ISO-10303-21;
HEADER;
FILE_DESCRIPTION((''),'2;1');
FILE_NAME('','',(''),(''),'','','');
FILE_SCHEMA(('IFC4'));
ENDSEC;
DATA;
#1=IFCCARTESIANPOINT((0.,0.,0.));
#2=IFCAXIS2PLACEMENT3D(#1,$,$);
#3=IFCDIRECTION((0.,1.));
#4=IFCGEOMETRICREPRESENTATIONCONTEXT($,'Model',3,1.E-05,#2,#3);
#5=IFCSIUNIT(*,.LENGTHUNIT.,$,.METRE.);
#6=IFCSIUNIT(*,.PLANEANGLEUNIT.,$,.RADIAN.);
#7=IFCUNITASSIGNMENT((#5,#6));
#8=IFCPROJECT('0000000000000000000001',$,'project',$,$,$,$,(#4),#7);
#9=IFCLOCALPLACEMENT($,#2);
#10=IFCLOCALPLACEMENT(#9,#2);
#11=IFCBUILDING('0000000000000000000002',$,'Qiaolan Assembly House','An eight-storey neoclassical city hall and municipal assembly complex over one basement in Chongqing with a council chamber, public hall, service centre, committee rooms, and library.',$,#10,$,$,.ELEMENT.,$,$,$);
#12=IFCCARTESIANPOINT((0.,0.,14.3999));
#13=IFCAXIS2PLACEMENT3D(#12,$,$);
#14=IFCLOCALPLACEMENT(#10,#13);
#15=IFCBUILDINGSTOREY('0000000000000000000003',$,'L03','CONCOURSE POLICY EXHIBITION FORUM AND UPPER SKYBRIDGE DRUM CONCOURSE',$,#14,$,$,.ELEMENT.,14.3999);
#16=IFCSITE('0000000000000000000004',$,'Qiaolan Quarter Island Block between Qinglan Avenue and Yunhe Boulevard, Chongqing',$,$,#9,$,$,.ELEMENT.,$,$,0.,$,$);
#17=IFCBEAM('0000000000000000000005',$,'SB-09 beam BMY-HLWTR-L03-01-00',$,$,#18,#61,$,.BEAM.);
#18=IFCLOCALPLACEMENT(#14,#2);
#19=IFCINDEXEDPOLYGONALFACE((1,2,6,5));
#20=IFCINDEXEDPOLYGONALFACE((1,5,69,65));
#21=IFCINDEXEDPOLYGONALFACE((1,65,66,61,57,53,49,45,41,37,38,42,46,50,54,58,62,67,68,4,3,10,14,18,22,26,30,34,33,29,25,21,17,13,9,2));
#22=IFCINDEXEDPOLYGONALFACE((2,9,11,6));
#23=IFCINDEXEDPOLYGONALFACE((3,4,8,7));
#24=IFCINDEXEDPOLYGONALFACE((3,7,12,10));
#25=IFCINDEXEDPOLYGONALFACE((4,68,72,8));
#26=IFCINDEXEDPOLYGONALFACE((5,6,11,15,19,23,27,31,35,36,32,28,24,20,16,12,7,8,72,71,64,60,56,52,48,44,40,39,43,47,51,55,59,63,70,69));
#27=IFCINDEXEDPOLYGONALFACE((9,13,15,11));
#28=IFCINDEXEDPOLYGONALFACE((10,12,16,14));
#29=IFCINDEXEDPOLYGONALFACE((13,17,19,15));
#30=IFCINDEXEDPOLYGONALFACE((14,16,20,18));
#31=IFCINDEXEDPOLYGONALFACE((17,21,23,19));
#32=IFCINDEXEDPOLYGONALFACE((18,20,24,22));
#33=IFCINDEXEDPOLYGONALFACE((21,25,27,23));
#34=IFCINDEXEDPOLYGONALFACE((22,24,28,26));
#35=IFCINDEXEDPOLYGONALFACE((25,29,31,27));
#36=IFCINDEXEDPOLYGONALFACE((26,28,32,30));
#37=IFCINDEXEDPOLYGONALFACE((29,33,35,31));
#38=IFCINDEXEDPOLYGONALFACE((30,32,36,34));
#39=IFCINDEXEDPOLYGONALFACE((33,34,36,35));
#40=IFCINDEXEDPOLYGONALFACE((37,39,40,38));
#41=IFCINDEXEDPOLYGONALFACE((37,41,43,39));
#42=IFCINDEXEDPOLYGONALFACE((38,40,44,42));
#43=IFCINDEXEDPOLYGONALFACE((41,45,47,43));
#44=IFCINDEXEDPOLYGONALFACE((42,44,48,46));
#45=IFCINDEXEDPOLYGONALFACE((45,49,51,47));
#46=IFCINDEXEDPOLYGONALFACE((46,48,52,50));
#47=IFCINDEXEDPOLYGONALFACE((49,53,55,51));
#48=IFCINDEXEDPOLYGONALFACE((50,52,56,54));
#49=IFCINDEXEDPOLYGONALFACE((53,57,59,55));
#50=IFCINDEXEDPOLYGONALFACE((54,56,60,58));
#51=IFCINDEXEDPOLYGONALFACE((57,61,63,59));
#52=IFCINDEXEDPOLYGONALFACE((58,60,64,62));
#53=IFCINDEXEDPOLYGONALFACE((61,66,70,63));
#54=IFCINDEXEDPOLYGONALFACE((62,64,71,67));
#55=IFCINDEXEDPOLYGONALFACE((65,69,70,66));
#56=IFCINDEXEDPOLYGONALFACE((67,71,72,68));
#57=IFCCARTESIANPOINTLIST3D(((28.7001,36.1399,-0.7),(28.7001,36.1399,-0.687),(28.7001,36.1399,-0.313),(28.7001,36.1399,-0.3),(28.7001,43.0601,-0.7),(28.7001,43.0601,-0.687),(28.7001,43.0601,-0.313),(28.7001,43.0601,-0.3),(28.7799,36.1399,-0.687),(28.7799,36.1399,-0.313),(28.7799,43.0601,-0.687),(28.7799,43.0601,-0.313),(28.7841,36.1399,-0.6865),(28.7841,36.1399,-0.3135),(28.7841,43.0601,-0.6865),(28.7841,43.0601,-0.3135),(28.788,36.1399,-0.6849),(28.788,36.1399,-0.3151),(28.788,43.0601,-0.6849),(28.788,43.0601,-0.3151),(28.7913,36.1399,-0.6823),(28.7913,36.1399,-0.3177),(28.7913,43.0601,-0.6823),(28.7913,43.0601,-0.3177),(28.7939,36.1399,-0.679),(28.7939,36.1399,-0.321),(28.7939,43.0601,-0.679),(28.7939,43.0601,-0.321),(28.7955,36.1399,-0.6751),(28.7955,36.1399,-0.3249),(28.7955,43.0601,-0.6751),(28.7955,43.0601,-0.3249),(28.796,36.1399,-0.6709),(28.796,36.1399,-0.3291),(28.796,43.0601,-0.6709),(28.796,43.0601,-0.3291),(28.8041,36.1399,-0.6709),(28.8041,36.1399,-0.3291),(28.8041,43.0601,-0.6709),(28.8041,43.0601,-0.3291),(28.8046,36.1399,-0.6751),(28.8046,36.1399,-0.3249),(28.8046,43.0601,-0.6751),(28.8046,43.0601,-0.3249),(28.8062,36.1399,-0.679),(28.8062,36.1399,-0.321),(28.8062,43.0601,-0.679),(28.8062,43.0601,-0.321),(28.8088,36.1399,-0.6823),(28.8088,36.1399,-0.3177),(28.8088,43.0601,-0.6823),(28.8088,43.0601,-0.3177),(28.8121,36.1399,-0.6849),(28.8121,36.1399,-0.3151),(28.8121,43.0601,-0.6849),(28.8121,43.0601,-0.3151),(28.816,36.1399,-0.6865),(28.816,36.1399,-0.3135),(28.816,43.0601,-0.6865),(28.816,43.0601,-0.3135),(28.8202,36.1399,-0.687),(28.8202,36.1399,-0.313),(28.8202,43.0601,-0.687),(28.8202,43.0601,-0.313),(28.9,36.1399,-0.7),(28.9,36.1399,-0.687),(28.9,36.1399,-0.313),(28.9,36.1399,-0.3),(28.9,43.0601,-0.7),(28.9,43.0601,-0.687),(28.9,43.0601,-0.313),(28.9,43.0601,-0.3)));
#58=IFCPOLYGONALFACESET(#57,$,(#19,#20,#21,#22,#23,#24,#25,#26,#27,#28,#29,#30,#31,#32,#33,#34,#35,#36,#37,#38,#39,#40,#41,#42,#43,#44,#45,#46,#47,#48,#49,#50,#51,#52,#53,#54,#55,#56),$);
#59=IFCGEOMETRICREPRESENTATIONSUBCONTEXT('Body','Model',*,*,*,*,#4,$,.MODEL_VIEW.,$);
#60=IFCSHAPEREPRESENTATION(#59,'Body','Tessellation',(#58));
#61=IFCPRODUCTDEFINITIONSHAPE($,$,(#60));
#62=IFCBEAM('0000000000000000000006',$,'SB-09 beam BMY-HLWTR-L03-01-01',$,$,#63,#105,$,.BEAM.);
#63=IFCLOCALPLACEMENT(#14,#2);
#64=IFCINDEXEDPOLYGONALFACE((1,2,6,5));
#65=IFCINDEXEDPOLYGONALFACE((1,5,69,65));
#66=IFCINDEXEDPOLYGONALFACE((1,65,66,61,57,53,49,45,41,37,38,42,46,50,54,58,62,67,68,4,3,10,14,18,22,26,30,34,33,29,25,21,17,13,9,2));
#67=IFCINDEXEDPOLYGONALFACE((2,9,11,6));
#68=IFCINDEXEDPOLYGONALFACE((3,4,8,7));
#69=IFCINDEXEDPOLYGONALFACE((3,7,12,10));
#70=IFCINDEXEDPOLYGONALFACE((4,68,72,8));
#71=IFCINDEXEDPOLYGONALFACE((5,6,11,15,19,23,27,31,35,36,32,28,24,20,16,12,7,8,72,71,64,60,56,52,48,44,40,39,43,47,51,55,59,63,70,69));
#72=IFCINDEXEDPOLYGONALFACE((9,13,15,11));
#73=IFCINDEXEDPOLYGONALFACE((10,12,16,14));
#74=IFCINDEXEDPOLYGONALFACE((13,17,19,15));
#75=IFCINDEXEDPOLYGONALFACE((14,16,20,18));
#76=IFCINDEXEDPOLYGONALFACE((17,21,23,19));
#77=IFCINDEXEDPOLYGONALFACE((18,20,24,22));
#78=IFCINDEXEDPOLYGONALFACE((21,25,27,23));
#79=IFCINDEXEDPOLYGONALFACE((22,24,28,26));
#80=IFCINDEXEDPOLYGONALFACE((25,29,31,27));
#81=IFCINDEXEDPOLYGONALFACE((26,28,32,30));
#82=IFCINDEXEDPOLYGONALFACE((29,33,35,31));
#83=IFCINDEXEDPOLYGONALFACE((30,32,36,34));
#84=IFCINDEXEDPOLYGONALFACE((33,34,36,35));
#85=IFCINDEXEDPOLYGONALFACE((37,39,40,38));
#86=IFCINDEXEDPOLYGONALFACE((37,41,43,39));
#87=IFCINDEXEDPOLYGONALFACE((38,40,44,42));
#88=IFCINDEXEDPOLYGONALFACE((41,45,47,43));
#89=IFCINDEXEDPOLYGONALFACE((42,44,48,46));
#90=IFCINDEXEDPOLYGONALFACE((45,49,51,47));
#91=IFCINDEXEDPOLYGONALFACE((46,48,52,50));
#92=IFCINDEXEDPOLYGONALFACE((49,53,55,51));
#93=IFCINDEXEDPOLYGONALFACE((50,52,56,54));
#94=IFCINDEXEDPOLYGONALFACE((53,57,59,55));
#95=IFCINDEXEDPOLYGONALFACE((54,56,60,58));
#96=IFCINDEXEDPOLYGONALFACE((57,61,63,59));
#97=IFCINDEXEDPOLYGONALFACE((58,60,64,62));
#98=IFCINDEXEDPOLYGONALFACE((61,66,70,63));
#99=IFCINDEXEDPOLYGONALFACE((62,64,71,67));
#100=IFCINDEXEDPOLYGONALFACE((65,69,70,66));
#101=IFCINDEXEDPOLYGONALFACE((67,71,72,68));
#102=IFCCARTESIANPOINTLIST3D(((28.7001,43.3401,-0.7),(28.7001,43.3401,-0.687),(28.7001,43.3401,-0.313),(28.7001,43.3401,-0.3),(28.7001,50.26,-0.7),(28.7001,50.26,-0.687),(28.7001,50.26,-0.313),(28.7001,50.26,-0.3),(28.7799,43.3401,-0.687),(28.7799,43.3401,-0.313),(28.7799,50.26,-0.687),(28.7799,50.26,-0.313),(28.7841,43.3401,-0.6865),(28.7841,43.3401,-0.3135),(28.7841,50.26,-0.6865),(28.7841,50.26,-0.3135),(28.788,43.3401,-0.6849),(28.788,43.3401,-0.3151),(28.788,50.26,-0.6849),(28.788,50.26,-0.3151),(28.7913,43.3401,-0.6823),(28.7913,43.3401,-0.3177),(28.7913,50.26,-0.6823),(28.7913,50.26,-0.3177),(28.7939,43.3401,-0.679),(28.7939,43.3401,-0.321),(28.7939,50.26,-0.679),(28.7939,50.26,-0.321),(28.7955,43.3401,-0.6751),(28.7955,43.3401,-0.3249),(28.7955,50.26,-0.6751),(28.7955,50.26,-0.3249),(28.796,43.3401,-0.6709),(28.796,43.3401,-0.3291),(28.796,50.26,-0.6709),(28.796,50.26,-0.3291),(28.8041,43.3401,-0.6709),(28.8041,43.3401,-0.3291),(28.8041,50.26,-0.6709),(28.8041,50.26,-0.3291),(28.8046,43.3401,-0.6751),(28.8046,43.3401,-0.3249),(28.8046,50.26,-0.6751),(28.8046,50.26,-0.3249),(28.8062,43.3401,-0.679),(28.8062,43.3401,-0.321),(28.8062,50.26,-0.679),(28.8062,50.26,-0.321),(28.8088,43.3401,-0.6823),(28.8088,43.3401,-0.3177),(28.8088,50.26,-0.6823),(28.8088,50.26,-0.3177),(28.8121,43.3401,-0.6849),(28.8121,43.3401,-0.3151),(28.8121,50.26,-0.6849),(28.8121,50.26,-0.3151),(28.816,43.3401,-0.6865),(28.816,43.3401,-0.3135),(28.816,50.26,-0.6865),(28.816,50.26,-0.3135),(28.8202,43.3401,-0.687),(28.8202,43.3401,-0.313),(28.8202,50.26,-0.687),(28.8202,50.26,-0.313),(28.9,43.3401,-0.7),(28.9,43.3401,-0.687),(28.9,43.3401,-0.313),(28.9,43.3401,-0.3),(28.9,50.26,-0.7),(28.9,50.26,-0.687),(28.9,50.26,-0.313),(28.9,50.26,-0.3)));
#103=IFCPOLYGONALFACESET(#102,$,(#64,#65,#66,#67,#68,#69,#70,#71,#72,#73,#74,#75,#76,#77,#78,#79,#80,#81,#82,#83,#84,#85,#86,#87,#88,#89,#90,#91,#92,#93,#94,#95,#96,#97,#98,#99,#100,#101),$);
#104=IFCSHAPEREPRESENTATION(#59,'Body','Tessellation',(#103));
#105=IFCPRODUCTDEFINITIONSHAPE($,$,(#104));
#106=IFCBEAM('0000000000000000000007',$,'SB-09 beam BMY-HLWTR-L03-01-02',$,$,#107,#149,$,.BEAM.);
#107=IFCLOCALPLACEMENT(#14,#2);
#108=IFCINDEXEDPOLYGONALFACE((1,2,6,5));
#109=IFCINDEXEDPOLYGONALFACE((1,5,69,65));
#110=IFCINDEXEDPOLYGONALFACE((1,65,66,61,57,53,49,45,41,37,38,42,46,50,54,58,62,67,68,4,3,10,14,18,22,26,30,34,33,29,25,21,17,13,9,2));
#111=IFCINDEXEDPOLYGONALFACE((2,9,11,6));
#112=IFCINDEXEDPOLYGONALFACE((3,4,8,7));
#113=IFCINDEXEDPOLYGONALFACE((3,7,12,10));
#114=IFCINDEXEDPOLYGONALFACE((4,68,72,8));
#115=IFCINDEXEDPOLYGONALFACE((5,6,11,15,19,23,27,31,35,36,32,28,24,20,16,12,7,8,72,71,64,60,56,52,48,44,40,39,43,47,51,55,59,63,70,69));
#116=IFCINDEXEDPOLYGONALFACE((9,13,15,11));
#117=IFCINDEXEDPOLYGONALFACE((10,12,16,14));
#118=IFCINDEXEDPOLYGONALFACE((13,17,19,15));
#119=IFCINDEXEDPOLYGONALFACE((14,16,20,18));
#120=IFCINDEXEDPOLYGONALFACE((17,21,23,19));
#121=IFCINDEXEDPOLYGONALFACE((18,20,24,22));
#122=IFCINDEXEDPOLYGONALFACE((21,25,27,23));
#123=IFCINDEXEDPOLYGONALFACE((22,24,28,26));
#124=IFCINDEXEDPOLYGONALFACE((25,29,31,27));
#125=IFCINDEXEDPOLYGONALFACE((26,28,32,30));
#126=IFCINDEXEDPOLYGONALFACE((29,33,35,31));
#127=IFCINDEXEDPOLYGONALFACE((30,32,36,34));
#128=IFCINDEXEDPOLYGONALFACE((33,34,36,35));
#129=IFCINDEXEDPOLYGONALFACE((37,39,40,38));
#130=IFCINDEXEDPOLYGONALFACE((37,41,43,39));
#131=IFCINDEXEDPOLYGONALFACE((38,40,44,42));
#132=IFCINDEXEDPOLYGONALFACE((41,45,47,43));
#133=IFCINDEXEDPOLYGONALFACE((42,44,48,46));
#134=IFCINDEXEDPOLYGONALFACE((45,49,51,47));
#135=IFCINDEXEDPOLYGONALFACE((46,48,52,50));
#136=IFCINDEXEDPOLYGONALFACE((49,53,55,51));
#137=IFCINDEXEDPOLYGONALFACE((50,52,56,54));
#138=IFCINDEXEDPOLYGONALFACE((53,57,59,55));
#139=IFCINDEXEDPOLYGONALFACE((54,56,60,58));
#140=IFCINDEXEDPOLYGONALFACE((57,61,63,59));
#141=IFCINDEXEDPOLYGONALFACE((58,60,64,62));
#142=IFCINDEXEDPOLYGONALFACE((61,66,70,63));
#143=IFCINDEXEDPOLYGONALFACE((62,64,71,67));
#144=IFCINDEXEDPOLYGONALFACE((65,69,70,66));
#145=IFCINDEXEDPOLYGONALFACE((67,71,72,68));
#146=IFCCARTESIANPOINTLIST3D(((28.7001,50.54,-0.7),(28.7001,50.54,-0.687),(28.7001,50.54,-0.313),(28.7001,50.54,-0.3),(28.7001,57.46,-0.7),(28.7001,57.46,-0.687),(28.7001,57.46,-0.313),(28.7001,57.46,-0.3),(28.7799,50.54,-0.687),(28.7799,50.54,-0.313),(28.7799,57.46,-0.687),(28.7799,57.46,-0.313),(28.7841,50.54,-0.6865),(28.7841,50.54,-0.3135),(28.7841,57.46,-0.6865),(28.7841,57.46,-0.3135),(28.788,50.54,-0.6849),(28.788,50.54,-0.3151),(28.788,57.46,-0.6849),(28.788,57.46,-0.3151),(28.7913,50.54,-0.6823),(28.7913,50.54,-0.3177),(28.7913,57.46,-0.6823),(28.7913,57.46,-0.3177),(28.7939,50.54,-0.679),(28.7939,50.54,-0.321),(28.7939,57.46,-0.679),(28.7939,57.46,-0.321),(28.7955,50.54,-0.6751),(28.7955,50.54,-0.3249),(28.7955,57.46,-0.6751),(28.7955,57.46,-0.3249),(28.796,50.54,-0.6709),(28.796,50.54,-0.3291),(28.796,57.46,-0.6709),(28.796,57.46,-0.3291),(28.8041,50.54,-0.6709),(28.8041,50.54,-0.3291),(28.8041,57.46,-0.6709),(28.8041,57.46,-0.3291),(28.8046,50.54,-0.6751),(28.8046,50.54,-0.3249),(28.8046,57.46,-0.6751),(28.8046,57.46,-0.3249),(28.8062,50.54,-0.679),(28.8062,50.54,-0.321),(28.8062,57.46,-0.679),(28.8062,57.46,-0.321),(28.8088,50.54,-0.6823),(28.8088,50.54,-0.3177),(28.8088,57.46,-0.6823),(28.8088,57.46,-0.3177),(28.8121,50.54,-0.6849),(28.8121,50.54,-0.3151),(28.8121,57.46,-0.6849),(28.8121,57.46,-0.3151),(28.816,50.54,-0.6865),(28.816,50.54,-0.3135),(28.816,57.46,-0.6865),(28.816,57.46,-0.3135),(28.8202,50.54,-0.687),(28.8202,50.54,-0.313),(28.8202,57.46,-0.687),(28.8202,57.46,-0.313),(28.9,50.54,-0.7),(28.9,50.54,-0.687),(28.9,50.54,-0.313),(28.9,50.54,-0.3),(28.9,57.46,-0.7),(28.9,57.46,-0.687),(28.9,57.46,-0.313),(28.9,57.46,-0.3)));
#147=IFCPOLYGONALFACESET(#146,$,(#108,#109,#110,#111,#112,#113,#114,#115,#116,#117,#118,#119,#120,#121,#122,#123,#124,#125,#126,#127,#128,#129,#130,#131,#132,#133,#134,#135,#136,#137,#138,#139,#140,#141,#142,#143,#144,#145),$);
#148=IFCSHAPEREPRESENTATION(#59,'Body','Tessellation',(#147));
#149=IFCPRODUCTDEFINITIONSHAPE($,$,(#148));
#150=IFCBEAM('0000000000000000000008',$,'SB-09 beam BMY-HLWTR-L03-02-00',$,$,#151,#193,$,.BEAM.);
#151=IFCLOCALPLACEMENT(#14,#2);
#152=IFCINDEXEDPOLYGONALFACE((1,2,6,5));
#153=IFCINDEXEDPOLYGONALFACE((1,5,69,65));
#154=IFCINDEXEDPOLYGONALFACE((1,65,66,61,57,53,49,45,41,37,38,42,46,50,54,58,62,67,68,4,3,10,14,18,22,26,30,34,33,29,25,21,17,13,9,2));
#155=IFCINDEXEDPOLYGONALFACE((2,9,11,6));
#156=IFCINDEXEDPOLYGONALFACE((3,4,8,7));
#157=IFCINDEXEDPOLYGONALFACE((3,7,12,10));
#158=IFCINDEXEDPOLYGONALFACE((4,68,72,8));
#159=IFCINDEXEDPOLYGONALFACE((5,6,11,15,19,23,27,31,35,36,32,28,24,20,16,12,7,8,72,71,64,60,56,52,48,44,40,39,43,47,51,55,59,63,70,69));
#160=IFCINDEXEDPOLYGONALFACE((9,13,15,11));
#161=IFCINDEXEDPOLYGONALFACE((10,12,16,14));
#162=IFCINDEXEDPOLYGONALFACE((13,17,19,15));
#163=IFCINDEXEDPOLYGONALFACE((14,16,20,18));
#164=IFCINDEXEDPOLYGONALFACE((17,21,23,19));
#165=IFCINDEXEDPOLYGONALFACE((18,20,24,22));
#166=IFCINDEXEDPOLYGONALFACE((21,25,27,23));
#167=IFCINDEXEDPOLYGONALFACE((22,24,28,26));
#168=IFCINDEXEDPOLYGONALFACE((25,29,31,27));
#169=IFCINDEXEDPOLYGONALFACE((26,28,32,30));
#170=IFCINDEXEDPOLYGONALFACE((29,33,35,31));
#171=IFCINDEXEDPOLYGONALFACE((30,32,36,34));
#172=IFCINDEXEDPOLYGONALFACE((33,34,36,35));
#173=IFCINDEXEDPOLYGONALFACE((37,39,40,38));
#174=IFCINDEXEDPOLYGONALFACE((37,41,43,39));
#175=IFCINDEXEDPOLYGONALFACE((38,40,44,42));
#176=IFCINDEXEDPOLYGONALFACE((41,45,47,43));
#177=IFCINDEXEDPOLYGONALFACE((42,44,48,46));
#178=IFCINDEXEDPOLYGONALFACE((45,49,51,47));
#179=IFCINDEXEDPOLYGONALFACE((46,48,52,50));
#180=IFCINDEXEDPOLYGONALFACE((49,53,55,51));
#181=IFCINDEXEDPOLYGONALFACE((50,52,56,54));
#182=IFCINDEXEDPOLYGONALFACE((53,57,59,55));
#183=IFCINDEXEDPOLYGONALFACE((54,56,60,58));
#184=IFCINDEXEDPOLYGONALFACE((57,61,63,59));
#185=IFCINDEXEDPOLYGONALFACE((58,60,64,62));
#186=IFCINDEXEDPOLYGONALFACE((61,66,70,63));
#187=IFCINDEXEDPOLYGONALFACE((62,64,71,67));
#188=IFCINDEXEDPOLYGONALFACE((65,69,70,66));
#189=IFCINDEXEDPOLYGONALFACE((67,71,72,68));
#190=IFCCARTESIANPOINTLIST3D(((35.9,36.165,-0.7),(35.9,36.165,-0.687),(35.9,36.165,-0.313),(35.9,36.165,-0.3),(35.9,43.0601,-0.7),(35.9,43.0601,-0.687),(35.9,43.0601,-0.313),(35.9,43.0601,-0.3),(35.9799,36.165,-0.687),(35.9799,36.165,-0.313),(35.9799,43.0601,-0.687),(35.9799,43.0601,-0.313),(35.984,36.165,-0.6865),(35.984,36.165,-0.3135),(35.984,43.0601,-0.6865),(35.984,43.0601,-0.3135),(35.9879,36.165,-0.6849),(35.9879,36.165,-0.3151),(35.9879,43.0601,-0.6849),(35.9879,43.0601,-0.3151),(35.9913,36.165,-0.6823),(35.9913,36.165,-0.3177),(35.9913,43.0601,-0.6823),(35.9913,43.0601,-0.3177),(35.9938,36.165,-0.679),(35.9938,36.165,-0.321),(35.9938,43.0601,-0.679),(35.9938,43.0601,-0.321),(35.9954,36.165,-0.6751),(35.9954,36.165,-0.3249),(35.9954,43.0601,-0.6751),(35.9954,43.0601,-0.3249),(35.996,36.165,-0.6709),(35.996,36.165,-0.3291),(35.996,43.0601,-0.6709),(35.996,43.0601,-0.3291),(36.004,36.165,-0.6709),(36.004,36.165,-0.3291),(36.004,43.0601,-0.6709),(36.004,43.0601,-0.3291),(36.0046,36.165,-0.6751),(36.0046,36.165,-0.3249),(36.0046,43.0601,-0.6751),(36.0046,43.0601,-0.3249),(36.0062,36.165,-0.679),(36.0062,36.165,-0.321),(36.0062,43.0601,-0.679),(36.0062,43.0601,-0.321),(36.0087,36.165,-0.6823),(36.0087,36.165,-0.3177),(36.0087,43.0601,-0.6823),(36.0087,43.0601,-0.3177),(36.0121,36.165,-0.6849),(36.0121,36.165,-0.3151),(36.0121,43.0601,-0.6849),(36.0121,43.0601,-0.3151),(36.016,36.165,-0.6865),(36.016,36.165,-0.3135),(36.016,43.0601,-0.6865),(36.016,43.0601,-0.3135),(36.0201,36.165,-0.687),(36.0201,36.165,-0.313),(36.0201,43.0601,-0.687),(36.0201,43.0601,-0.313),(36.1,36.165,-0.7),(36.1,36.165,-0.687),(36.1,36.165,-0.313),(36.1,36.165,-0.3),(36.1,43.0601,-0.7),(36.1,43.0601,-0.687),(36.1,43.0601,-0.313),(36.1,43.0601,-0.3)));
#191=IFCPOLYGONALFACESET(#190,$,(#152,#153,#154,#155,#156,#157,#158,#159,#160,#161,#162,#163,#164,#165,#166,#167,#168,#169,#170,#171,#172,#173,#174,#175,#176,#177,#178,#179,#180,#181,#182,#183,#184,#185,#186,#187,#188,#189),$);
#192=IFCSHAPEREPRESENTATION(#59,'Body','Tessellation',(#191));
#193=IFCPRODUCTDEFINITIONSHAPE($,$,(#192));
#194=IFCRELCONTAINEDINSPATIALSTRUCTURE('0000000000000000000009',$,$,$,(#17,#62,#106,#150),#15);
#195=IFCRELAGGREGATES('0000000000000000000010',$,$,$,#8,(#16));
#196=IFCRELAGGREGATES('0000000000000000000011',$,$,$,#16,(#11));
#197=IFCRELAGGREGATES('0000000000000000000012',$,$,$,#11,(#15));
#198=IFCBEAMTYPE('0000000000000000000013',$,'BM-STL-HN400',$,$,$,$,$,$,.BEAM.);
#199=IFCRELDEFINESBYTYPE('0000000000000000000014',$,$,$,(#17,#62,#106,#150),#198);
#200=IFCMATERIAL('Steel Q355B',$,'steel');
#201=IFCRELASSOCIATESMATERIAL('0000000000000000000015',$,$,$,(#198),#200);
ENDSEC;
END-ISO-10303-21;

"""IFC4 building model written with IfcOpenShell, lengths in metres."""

from ifc_helpers import new_model, si_unit, direction, frame, origin, origin_2d, place, context, subcontext, project, spatial, i_section, extrude, material, material_profile, profile_set, type_object, element, save


model = new_model("IFC4")

# Units and contexts
model_context = context("Model", 3, precision=1e-05, world=origin(), true_north=direction((0.0, 1.0)))
body_context = subcontext(model_context, "Body", "Model", "MODEL_VIEW")
ifc_project = project(units=[si_unit("LENGTHUNIT", "METRE"), si_unit("PLANEANGLEUNIT", "RADIAN")], contexts=[model_context])

# Site, building, storey
site_placement = place(None, origin())
site = spatial("IfcSite", under=ifc_project, at=site_placement, Name="Qiaolan Quarter Island Block between Qinglan Avenue and Yunhe Boulevard, Chongqing", CompositionType="ELEMENT", RefElevation=0.0)
building_placement = place(site_placement, origin())
building = spatial("IfcBuilding", under=site, at=building_placement, Name="Qiaolan Assembly House", Description="An eight-storey neoclassical city hall and municipal assembly complex over one basement in Chongqing with a council chamber, public hall, service centre, committee rooms, and library.", CompositionType="ELEMENT")
storey_placement = place(building_placement, frame((0.0, 0.0, 14.3999)))
storey = spatial("IfcBuildingStorey", under=building, at=storey_placement, Name="L03", Description="CONCOURSE POLICY EXHIBITION FORUM AND UPPER SKYBRIDGE DRUM CONCOURSE", CompositionType="ELEMENT", Elevation=14.3999)

# Shared definitions
ifc_material_1 = material(Name="Steel Q355B", Category="steel")

# Beams
ifc_material_profile_1 = material_profile(ifc_material_1, i_section(OverallWidth=0.2, OverallDepth=0.3999, WebThickness=0.0081, FlangeThickness=0.0129, FilletRadius=0.0161, at=origin_2d()), Name="HN 400x200x8x13")
ifc_profile_set_1 = profile_set([ifc_material_profile_1], Name="Steel Q355B")
beam_type_1 = type_object("IfcBeamType", Name="BM-STL-HN400", PredefinedType="BEAM", material=ifc_profile_set_1)
beam_1_placement = place(storey_placement, frame((28.8, 36.1399, -0.5), z_axis=(0.0, 1.0, 0.0), x_axis=(-1.0, 0.0, 0.0)))
element("IfcBeam", 1, at=beam_1_placement, inside=storey, type_object=beam_type_1, Name="SB-09 beam BMY-HLWTR-L03-01-00", PredefinedType="BEAM", context=body_context, shape_type="SweptSolid", body=[
    extrude(i_section(OverallWidth=0.2, OverallDepth=0.3999, WebThickness=0.0081, FlangeThickness=0.0129, FilletRadius=0.0161, at=origin_2d()), origin(), (0.0, 0.0, 1.0), 6.9202),
])
for number, where, z_axis, x_axis, name in (
    (2, (28.8, 43.3401, -0.5), (0.0, 1.0, 0.0), (-1.0, 0.0, 0.0), "SB-09 beam BMY-HLWTR-L03-01-01"),
    (3, (28.8, 50.54, -0.5), (0.0, 1.0, 0.0), (-1.0, 0.0, 0.0), "SB-09 beam BMY-HLWTR-L03-01-02"),
):
    element("IfcBeam", number, at=place(storey_placement, frame(where, z_axis=z_axis, x_axis=x_axis)), inside=storey, type_object=beam_type_1, Name=name, PredefinedType="BEAM", context=body_context, shape_type="SweptSolid", body=[
        extrude(i_section(OverallWidth=0.2, OverallDepth=0.3999, WebThickness=0.0081, FlangeThickness=0.0129, FilletRadius=0.0161, at=origin_2d()), origin(), (0.0, 0.0, 1.0), 6.9199),
    ])
beam_2_placement = place(storey_placement, frame((36.0, 36.165, -0.5), z_axis=(0.0, 1.0, 0.0), x_axis=(-1.0, 0.0, 0.0)))
element("IfcBeam", 4, at=beam_2_placement, inside=storey, type_object=beam_type_1, Name="SB-09 beam BMY-HLWTR-L03-02-00", PredefinedType="BEAM", context=body_context, shape_type="SweptSolid", body=[
    extrude(i_section(OverallWidth=0.2, OverallDepth=0.3999, WebThickness=0.0081, FlangeThickness=0.0129, FilletRadius=0.0161, at=origin_2d()), origin(), (0.0, 0.0, 1.0), 6.895),
])

save(model, "model.ifc")
